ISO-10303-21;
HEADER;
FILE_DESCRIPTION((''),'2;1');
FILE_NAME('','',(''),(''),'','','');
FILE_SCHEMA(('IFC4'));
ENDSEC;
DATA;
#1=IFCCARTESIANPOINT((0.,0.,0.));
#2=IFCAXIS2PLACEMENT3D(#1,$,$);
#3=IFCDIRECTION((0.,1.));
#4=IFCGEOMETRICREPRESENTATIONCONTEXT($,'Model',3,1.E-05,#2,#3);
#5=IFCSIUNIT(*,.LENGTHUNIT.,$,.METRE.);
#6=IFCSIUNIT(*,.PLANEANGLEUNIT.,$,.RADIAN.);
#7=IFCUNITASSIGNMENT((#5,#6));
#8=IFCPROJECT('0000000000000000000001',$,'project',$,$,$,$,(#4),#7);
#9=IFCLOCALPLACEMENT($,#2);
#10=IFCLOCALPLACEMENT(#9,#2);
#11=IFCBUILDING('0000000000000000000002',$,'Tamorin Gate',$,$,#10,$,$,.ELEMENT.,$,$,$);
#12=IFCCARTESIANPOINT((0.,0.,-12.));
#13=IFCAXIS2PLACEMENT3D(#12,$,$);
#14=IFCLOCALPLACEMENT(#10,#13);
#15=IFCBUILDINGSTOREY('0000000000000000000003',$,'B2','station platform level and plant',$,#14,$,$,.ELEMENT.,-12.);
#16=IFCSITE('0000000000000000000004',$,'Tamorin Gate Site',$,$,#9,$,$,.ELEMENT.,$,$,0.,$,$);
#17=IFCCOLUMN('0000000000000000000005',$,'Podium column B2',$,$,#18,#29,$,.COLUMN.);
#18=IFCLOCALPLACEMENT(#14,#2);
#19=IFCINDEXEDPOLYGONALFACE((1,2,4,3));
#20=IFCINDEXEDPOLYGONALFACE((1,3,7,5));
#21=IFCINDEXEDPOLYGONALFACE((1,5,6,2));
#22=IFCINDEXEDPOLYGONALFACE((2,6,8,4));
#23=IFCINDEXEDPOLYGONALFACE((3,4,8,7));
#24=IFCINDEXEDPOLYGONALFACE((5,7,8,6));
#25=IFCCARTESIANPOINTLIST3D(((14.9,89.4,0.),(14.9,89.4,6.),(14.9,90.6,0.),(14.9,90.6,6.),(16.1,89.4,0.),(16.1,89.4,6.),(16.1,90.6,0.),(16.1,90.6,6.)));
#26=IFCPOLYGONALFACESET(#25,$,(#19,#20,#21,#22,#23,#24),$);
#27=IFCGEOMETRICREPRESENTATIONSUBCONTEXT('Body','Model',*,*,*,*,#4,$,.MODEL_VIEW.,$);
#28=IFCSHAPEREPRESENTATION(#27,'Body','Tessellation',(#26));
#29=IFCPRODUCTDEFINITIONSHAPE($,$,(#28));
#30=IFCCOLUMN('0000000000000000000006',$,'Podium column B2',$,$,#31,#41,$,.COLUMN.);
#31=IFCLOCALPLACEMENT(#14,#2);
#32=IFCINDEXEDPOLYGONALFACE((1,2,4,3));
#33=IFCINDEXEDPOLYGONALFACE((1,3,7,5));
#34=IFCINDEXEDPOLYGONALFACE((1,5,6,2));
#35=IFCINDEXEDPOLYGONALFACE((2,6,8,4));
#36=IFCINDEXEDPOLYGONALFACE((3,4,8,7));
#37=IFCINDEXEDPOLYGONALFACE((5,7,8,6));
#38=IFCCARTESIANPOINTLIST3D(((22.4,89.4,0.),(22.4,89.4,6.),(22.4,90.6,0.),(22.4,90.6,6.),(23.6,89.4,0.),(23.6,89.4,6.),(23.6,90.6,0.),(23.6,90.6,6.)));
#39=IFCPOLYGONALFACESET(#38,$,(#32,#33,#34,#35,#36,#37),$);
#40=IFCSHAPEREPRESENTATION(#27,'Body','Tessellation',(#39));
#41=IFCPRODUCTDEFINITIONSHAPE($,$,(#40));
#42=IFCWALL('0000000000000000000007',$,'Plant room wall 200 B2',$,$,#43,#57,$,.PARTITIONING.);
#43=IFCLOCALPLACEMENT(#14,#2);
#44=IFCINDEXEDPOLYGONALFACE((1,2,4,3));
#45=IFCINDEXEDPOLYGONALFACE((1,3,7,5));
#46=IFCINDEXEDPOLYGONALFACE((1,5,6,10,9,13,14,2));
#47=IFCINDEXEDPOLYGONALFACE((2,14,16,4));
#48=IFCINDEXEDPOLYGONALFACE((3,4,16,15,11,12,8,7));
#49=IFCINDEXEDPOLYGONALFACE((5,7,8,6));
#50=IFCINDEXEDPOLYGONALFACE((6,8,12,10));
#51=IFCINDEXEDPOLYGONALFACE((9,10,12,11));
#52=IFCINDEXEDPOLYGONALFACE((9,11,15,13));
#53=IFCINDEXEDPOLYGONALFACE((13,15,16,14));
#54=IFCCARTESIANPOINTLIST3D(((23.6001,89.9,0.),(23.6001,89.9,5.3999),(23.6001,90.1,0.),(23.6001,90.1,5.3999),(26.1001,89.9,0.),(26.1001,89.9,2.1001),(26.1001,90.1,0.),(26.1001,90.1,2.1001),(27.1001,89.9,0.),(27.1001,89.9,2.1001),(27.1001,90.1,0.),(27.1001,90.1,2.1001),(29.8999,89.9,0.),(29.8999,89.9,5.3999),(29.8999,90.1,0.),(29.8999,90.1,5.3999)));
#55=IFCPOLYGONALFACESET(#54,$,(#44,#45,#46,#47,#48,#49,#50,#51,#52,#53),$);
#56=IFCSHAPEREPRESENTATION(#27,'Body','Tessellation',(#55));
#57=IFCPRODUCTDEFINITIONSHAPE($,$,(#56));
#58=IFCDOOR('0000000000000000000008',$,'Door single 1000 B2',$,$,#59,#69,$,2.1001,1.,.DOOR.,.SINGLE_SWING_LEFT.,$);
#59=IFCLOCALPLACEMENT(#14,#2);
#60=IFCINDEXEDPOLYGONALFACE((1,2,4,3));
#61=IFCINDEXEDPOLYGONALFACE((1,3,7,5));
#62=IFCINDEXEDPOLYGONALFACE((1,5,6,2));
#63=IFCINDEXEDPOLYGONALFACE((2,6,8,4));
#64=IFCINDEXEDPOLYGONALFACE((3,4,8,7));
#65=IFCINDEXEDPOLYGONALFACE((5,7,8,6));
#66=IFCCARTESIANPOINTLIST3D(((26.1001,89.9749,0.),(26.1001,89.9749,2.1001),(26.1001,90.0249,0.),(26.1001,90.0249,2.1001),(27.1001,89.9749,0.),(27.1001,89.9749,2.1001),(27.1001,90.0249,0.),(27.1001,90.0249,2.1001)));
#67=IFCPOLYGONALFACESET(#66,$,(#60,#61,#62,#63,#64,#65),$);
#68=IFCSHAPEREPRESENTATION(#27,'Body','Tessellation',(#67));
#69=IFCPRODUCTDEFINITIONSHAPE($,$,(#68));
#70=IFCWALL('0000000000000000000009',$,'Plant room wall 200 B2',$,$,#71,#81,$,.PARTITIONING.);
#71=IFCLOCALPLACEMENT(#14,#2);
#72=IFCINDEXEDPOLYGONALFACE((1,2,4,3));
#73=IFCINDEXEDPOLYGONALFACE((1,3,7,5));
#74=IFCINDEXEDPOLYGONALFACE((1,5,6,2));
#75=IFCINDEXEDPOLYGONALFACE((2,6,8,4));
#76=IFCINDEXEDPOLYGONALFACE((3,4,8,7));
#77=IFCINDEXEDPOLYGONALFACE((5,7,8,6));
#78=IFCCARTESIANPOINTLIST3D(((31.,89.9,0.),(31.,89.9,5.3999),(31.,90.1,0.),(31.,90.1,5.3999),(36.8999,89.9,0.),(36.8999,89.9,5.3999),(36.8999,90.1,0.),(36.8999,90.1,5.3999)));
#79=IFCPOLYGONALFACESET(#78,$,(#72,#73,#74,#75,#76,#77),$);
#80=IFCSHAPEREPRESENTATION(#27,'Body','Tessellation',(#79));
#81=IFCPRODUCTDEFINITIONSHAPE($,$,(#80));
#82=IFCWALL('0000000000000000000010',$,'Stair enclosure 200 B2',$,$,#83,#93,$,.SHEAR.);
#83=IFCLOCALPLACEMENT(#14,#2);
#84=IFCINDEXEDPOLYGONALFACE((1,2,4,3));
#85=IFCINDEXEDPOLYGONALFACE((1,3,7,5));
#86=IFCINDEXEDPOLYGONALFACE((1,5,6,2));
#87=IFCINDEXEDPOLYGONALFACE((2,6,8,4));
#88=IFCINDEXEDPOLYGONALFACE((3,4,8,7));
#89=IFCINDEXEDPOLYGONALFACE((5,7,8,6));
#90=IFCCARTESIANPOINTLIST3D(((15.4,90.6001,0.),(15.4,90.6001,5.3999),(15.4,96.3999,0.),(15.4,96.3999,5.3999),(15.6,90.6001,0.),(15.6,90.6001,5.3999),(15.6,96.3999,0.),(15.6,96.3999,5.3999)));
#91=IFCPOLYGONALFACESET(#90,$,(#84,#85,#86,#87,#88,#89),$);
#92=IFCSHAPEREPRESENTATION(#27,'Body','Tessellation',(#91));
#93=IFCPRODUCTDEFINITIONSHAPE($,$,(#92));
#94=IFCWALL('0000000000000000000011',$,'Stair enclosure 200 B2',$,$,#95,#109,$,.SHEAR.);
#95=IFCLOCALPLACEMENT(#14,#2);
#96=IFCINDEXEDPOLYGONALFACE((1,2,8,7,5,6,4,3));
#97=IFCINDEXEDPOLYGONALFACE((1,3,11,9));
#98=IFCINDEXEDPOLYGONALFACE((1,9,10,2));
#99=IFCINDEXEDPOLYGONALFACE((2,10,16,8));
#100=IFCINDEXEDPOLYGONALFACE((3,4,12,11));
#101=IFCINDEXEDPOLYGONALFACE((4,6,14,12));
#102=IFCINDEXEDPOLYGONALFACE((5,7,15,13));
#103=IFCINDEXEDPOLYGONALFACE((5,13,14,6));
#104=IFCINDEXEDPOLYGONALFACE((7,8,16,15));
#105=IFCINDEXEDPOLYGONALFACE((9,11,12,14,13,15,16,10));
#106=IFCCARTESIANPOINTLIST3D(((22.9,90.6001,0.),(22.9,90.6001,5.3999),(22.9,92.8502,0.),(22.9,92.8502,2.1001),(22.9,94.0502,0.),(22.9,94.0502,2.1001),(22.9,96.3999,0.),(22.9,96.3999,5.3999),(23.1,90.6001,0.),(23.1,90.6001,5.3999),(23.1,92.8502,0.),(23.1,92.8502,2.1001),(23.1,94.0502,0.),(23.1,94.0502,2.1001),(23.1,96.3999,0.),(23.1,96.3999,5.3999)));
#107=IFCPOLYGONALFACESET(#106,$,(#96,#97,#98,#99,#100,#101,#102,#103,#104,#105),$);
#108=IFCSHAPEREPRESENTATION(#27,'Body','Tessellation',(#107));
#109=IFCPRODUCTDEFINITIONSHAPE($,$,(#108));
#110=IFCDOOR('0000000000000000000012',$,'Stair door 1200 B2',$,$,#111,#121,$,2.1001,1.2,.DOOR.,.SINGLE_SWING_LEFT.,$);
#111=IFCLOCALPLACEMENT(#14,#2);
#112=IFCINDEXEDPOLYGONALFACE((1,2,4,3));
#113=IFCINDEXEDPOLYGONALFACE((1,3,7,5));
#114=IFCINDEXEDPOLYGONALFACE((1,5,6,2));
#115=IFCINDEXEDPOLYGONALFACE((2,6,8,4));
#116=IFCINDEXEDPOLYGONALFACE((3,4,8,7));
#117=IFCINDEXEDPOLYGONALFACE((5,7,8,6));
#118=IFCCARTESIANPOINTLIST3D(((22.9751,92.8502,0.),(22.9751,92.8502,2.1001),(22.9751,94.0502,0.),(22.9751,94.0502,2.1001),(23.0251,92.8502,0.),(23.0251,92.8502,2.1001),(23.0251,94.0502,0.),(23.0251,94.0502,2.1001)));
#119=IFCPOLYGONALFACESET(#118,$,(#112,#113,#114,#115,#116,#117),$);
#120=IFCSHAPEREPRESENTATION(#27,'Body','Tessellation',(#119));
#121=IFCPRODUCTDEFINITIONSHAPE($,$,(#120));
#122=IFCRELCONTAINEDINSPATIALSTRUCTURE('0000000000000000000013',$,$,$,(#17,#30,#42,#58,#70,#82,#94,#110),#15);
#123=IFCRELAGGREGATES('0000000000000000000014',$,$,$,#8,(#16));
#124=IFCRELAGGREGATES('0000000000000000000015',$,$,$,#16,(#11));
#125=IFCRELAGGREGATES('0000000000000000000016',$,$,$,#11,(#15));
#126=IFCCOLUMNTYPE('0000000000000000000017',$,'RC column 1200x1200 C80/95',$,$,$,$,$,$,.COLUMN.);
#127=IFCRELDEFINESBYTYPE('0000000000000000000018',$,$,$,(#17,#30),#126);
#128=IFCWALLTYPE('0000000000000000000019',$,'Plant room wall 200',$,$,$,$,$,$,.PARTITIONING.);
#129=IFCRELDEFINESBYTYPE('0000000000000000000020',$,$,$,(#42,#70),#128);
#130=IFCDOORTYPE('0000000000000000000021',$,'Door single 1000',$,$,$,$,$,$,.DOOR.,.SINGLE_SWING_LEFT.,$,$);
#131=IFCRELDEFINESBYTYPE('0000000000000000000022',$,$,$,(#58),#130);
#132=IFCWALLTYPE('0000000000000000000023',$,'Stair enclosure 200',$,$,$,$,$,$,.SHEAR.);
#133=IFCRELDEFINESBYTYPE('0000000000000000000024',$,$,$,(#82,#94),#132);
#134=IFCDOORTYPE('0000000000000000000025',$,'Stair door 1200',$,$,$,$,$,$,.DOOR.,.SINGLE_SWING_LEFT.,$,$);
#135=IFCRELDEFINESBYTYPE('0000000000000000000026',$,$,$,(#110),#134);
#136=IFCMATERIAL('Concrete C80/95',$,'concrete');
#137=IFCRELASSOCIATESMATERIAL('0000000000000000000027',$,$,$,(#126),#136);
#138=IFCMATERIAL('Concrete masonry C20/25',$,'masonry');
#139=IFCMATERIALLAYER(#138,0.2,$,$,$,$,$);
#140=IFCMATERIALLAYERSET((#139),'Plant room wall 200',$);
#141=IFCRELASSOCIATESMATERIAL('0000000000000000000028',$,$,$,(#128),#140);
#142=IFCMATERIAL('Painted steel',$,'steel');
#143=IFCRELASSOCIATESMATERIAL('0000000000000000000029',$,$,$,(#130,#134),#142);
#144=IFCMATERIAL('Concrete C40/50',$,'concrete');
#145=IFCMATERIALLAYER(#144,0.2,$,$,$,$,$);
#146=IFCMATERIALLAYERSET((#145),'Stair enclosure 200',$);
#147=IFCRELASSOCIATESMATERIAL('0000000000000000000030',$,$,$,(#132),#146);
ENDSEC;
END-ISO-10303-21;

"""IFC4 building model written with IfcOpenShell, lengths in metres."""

from ifc_helpers import new_model, si_unit, direction, frame, frame_2d, origin, origin_2d, place, context, subcontext, project, spatial, rectangle, extrude, material, layer, layer_set, material_profile, profile_set, type_object, element, fill, save


model = new_model("IFC4")

# Units and contexts
model_context = context("Model", 3, precision=1e-05, world=origin(), true_north=direction((0.0, 1.0)))
body_context = subcontext(model_context, "Body", "Model", "MODEL_VIEW")
ifc_project = project(units=[si_unit("LENGTHUNIT", "METRE"), si_unit("PLANEANGLEUNIT", "RADIAN")], contexts=[model_context])

# Site, building, storey
site_placement = place(None, origin())
site = spatial("IfcSite", under=ifc_project, at=site_placement, Name="Tamorin Gate Site", CompositionType="ELEMENT", RefElevation=0.0)
building_placement = place(site_placement, origin())
building = spatial("IfcBuilding", under=site, at=building_placement, Name="Tamorin Gate", CompositionType="ELEMENT")
storey_placement = place(building_placement, frame((0.0, 0.0, -12.0)))
storey = spatial("IfcBuildingStorey", under=building, at=storey_placement, Name="B2", Description="station platform level and plant", CompositionType="ELEMENT", Elevation=-12.0)

# Shared definitions
ifc_material_1 = material(Name="Concrete C40/50", Category="concrete")

# Columns
ifc_material_2 = material(Name="Concrete C80/95", Category="concrete")
ifc_material_profile_1 = material_profile(ifc_material_2, rectangle(XDim=1.2, YDim=1.2, at=origin_2d()), Name="RC 1200x1200")
ifc_profile_set_1 = profile_set([ifc_material_profile_1], Name="Concrete C80/95")
column_type_1 = type_object("IfcColumnType", Name="RC column 1200x1200 C80/95", PredefinedType="COLUMN", material=ifc_profile_set_1)
for number, where, z_axis, x_axis, name in (
    (1, (15.5, 90.0, 0.0), (0.0, 0.0, 1.0), (1.0, 0.0, 0.0), "Podium column B2"),
    (2, (23.0, 90.0, 0.0), (0.0, 0.0, 1.0), (1.0, 0.0, 0.0), "Podium column B2"),
):
    element("IfcColumn", number, at=place(storey_placement, frame(where, z_axis=z_axis, x_axis=x_axis)), inside=storey, type_object=column_type_1, Name=name, PredefinedType="COLUMN", context=body_context, shape_type="SweptSolid", body=[
        extrude(rectangle(XDim=1.2, YDim=1.2, at=origin_2d()), origin(), (0.0, 0.0, 1.0), 6.0),
    ])

# Wall, opening, door
ifc_material_3 = material(Name="Concrete masonry C20/25", Category="masonry")
ifc_layer_1 = layer(ifc_material_3, 0.2)
ifc_layer_set_1 = layer_set([ifc_layer_1], Name="Plant room wall 200")
wall_type_1 = type_object("IfcWallType", Name="Plant room wall 200", PredefinedType="PARTITIONING", material=ifc_layer_set_1)
wall_1_placement = place(storey_placement, frame((23.6001, 90.0, 0.0), z_axis=(0.0, 0.0, 1.0), x_axis=(1.0, 0.0, 0.0)))
wall_1 = element("IfcWall", 3, at=wall_1_placement, inside=storey, type_object=wall_type_1, Name="Plant room wall 200 B2", PredefinedType="PARTITIONING", context=body_context, shape_type="SweptSolid", body=[
    extrude(rectangle(XDim=6.2998, YDim=0.2, at=frame_2d((3.1499, 0.0))), origin(), (0.0, 0.0, 1.0), 5.3999),
])
opening_1_placement = place(wall_1_placement, frame((2.5, 0.0, 0.0)))
opening_1 = element("IfcOpeningElement", 4, at=opening_1_placement, cuts=wall_1, PredefinedType="OPENING", context=body_context, shape_type="SweptSolid", body=[
    extrude(rectangle(XDim=1.0, YDim=2.1001, at=frame_2d((0.5, 1.05))), frame((0.0, 0.1099, 0.0), z_axis=(0.0, -1.0, 0.0), x_axis=(1.0, 0.0, 0.0)), (0.0, 0.0, 1.0), 0.22),
])
ifc_material_4 = material(Name="Painted steel", Category="steel")
door_type_1 = type_object("IfcDoorType", Name="Door single 1000", OperationType="SINGLE_SWING_LEFT", PredefinedType="DOOR", material=ifc_material_4)
door_1_placement = place(opening_1_placement, origin())
door_1 = element("IfcDoor", 5, at=door_1_placement, inside=storey, type_object=door_type_1, Name="Door single 1000 B2", OperationType="SINGLE_SWING_LEFT", OverallHeight=2.1001, OverallWidth=1.0, PredefinedType="DOOR", context=body_context, shape_type="SweptSolid", body=[
    extrude(rectangle(XDim=1.0, YDim=2.1001, at=frame_2d((0.5, 1.05))), frame((0.0, 0.0249, 0.0), z_axis=(0.0, -1.0, 0.0), x_axis=(1.0, 0.0, 0.0)), (0.0, 0.0, 1.0), 0.05),
])
fill(opening_1, door_1)

# Walls
wall_2_placement = place(storey_placement, frame((31.0, 90.0, 0.0), z_axis=(0.0, 0.0, 1.0), x_axis=(1.0, 0.0, 0.0)))
element("IfcWall", 6, at=wall_2_placement, inside=storey, type_object=wall_type_1, Name="Plant room wall 200 B2", PredefinedType="PARTITIONING", context=body_context, shape_type="SweptSolid", body=[
    extrude(rectangle(XDim=5.8999, YDim=0.2, at=frame_2d((2.95, 0.0))), origin(), (0.0, 0.0, 1.0), 5.3999),
])
ifc_layer_2 = layer(ifc_material_1, 0.2)
ifc_layer_set_2 = layer_set([ifc_layer_2], Name="Stair enclosure 200")
wall_type_2 = type_object("IfcWallType", Name="Stair enclosure 200", PredefinedType="SHEAR", material=ifc_layer_set_2)
wall_3_placement = place(storey_placement, frame((15.5, 90.6001, 0.0), z_axis=(0.0, 0.0, 1.0), x_axis=(0.0, 1.0, 0.0)))
element("IfcWall", 7, at=wall_3_placement, inside=storey, type_object=wall_type_2, Name="Stair enclosure 200 B2", PredefinedType="SHEAR", context=body_context, shape_type="SweptSolid", body=[
    extrude(rectangle(XDim=5.7998, YDim=0.2, at=frame_2d((2.8999, 0.0))), origin(), (0.0, 0.0, 1.0), 5.3999),
])

# Wall, opening, door
wall_4_placement = place(storey_placement, frame((23.0, 90.6001, 0.0), z_axis=(0.0, 0.0, 1.0), x_axis=(0.0, 1.0, 0.0)))
wall_4 = element("IfcWall", 8, at=wall_4_placement, inside=storey, type_object=wall_type_2, Name="Stair enclosure 200 B2", PredefinedType="SHEAR", context=body_context, shape_type="SweptSolid", body=[
    extrude(rectangle(XDim=5.7998, YDim=0.2, at=frame_2d((2.8999, 0.0))), origin(), (0.0, 0.0, 1.0), 5.3999),
])
opening_2_placement = place(wall_4_placement, frame((2.25, 0.0, 0.0)))
opening_2 = element("IfcOpeningElement", 9, at=opening_2_placement, cuts=wall_4, PredefinedType="OPENING", context=body_context, shape_type="SweptSolid", body=[
    extrude(rectangle(XDim=1.2, YDim=2.1001, at=frame_2d((0.6001, 1.05))), frame((0.0, 0.1099, 0.0), z_axis=(0.0, -1.0, 0.0), x_axis=(1.0, 0.0, 0.0)), (0.0, 0.0, 1.0), 0.22),
])
door_type_2 = type_object("IfcDoorType", Name="Stair door 1200", OperationType="SINGLE_SWING_LEFT", PredefinedType="DOOR", material=ifc_material_4)
door_2_placement = place(opening_2_placement, origin())
door_2 = element("IfcDoor", 10, at=door_2_placement, inside=storey, type_object=door_type_2, Name="Stair door 1200 B2", OperationType="SINGLE_SWING_LEFT", OverallHeight=2.1001, OverallWidth=1.2, PredefinedType="DOOR", context=body_context, shape_type="SweptSolid", body=[
    extrude(rectangle(XDim=1.2, YDim=2.1001, at=frame_2d((0.6001, 1.05))), frame((0.0, 0.0249, 0.0), z_axis=(0.0, -1.0, 0.0), x_axis=(1.0, 0.0, 0.0)), (0.0, 0.0, 1.0), 0.05),
])
fill(opening_2, door_2)

save(model, "model.ifc")
